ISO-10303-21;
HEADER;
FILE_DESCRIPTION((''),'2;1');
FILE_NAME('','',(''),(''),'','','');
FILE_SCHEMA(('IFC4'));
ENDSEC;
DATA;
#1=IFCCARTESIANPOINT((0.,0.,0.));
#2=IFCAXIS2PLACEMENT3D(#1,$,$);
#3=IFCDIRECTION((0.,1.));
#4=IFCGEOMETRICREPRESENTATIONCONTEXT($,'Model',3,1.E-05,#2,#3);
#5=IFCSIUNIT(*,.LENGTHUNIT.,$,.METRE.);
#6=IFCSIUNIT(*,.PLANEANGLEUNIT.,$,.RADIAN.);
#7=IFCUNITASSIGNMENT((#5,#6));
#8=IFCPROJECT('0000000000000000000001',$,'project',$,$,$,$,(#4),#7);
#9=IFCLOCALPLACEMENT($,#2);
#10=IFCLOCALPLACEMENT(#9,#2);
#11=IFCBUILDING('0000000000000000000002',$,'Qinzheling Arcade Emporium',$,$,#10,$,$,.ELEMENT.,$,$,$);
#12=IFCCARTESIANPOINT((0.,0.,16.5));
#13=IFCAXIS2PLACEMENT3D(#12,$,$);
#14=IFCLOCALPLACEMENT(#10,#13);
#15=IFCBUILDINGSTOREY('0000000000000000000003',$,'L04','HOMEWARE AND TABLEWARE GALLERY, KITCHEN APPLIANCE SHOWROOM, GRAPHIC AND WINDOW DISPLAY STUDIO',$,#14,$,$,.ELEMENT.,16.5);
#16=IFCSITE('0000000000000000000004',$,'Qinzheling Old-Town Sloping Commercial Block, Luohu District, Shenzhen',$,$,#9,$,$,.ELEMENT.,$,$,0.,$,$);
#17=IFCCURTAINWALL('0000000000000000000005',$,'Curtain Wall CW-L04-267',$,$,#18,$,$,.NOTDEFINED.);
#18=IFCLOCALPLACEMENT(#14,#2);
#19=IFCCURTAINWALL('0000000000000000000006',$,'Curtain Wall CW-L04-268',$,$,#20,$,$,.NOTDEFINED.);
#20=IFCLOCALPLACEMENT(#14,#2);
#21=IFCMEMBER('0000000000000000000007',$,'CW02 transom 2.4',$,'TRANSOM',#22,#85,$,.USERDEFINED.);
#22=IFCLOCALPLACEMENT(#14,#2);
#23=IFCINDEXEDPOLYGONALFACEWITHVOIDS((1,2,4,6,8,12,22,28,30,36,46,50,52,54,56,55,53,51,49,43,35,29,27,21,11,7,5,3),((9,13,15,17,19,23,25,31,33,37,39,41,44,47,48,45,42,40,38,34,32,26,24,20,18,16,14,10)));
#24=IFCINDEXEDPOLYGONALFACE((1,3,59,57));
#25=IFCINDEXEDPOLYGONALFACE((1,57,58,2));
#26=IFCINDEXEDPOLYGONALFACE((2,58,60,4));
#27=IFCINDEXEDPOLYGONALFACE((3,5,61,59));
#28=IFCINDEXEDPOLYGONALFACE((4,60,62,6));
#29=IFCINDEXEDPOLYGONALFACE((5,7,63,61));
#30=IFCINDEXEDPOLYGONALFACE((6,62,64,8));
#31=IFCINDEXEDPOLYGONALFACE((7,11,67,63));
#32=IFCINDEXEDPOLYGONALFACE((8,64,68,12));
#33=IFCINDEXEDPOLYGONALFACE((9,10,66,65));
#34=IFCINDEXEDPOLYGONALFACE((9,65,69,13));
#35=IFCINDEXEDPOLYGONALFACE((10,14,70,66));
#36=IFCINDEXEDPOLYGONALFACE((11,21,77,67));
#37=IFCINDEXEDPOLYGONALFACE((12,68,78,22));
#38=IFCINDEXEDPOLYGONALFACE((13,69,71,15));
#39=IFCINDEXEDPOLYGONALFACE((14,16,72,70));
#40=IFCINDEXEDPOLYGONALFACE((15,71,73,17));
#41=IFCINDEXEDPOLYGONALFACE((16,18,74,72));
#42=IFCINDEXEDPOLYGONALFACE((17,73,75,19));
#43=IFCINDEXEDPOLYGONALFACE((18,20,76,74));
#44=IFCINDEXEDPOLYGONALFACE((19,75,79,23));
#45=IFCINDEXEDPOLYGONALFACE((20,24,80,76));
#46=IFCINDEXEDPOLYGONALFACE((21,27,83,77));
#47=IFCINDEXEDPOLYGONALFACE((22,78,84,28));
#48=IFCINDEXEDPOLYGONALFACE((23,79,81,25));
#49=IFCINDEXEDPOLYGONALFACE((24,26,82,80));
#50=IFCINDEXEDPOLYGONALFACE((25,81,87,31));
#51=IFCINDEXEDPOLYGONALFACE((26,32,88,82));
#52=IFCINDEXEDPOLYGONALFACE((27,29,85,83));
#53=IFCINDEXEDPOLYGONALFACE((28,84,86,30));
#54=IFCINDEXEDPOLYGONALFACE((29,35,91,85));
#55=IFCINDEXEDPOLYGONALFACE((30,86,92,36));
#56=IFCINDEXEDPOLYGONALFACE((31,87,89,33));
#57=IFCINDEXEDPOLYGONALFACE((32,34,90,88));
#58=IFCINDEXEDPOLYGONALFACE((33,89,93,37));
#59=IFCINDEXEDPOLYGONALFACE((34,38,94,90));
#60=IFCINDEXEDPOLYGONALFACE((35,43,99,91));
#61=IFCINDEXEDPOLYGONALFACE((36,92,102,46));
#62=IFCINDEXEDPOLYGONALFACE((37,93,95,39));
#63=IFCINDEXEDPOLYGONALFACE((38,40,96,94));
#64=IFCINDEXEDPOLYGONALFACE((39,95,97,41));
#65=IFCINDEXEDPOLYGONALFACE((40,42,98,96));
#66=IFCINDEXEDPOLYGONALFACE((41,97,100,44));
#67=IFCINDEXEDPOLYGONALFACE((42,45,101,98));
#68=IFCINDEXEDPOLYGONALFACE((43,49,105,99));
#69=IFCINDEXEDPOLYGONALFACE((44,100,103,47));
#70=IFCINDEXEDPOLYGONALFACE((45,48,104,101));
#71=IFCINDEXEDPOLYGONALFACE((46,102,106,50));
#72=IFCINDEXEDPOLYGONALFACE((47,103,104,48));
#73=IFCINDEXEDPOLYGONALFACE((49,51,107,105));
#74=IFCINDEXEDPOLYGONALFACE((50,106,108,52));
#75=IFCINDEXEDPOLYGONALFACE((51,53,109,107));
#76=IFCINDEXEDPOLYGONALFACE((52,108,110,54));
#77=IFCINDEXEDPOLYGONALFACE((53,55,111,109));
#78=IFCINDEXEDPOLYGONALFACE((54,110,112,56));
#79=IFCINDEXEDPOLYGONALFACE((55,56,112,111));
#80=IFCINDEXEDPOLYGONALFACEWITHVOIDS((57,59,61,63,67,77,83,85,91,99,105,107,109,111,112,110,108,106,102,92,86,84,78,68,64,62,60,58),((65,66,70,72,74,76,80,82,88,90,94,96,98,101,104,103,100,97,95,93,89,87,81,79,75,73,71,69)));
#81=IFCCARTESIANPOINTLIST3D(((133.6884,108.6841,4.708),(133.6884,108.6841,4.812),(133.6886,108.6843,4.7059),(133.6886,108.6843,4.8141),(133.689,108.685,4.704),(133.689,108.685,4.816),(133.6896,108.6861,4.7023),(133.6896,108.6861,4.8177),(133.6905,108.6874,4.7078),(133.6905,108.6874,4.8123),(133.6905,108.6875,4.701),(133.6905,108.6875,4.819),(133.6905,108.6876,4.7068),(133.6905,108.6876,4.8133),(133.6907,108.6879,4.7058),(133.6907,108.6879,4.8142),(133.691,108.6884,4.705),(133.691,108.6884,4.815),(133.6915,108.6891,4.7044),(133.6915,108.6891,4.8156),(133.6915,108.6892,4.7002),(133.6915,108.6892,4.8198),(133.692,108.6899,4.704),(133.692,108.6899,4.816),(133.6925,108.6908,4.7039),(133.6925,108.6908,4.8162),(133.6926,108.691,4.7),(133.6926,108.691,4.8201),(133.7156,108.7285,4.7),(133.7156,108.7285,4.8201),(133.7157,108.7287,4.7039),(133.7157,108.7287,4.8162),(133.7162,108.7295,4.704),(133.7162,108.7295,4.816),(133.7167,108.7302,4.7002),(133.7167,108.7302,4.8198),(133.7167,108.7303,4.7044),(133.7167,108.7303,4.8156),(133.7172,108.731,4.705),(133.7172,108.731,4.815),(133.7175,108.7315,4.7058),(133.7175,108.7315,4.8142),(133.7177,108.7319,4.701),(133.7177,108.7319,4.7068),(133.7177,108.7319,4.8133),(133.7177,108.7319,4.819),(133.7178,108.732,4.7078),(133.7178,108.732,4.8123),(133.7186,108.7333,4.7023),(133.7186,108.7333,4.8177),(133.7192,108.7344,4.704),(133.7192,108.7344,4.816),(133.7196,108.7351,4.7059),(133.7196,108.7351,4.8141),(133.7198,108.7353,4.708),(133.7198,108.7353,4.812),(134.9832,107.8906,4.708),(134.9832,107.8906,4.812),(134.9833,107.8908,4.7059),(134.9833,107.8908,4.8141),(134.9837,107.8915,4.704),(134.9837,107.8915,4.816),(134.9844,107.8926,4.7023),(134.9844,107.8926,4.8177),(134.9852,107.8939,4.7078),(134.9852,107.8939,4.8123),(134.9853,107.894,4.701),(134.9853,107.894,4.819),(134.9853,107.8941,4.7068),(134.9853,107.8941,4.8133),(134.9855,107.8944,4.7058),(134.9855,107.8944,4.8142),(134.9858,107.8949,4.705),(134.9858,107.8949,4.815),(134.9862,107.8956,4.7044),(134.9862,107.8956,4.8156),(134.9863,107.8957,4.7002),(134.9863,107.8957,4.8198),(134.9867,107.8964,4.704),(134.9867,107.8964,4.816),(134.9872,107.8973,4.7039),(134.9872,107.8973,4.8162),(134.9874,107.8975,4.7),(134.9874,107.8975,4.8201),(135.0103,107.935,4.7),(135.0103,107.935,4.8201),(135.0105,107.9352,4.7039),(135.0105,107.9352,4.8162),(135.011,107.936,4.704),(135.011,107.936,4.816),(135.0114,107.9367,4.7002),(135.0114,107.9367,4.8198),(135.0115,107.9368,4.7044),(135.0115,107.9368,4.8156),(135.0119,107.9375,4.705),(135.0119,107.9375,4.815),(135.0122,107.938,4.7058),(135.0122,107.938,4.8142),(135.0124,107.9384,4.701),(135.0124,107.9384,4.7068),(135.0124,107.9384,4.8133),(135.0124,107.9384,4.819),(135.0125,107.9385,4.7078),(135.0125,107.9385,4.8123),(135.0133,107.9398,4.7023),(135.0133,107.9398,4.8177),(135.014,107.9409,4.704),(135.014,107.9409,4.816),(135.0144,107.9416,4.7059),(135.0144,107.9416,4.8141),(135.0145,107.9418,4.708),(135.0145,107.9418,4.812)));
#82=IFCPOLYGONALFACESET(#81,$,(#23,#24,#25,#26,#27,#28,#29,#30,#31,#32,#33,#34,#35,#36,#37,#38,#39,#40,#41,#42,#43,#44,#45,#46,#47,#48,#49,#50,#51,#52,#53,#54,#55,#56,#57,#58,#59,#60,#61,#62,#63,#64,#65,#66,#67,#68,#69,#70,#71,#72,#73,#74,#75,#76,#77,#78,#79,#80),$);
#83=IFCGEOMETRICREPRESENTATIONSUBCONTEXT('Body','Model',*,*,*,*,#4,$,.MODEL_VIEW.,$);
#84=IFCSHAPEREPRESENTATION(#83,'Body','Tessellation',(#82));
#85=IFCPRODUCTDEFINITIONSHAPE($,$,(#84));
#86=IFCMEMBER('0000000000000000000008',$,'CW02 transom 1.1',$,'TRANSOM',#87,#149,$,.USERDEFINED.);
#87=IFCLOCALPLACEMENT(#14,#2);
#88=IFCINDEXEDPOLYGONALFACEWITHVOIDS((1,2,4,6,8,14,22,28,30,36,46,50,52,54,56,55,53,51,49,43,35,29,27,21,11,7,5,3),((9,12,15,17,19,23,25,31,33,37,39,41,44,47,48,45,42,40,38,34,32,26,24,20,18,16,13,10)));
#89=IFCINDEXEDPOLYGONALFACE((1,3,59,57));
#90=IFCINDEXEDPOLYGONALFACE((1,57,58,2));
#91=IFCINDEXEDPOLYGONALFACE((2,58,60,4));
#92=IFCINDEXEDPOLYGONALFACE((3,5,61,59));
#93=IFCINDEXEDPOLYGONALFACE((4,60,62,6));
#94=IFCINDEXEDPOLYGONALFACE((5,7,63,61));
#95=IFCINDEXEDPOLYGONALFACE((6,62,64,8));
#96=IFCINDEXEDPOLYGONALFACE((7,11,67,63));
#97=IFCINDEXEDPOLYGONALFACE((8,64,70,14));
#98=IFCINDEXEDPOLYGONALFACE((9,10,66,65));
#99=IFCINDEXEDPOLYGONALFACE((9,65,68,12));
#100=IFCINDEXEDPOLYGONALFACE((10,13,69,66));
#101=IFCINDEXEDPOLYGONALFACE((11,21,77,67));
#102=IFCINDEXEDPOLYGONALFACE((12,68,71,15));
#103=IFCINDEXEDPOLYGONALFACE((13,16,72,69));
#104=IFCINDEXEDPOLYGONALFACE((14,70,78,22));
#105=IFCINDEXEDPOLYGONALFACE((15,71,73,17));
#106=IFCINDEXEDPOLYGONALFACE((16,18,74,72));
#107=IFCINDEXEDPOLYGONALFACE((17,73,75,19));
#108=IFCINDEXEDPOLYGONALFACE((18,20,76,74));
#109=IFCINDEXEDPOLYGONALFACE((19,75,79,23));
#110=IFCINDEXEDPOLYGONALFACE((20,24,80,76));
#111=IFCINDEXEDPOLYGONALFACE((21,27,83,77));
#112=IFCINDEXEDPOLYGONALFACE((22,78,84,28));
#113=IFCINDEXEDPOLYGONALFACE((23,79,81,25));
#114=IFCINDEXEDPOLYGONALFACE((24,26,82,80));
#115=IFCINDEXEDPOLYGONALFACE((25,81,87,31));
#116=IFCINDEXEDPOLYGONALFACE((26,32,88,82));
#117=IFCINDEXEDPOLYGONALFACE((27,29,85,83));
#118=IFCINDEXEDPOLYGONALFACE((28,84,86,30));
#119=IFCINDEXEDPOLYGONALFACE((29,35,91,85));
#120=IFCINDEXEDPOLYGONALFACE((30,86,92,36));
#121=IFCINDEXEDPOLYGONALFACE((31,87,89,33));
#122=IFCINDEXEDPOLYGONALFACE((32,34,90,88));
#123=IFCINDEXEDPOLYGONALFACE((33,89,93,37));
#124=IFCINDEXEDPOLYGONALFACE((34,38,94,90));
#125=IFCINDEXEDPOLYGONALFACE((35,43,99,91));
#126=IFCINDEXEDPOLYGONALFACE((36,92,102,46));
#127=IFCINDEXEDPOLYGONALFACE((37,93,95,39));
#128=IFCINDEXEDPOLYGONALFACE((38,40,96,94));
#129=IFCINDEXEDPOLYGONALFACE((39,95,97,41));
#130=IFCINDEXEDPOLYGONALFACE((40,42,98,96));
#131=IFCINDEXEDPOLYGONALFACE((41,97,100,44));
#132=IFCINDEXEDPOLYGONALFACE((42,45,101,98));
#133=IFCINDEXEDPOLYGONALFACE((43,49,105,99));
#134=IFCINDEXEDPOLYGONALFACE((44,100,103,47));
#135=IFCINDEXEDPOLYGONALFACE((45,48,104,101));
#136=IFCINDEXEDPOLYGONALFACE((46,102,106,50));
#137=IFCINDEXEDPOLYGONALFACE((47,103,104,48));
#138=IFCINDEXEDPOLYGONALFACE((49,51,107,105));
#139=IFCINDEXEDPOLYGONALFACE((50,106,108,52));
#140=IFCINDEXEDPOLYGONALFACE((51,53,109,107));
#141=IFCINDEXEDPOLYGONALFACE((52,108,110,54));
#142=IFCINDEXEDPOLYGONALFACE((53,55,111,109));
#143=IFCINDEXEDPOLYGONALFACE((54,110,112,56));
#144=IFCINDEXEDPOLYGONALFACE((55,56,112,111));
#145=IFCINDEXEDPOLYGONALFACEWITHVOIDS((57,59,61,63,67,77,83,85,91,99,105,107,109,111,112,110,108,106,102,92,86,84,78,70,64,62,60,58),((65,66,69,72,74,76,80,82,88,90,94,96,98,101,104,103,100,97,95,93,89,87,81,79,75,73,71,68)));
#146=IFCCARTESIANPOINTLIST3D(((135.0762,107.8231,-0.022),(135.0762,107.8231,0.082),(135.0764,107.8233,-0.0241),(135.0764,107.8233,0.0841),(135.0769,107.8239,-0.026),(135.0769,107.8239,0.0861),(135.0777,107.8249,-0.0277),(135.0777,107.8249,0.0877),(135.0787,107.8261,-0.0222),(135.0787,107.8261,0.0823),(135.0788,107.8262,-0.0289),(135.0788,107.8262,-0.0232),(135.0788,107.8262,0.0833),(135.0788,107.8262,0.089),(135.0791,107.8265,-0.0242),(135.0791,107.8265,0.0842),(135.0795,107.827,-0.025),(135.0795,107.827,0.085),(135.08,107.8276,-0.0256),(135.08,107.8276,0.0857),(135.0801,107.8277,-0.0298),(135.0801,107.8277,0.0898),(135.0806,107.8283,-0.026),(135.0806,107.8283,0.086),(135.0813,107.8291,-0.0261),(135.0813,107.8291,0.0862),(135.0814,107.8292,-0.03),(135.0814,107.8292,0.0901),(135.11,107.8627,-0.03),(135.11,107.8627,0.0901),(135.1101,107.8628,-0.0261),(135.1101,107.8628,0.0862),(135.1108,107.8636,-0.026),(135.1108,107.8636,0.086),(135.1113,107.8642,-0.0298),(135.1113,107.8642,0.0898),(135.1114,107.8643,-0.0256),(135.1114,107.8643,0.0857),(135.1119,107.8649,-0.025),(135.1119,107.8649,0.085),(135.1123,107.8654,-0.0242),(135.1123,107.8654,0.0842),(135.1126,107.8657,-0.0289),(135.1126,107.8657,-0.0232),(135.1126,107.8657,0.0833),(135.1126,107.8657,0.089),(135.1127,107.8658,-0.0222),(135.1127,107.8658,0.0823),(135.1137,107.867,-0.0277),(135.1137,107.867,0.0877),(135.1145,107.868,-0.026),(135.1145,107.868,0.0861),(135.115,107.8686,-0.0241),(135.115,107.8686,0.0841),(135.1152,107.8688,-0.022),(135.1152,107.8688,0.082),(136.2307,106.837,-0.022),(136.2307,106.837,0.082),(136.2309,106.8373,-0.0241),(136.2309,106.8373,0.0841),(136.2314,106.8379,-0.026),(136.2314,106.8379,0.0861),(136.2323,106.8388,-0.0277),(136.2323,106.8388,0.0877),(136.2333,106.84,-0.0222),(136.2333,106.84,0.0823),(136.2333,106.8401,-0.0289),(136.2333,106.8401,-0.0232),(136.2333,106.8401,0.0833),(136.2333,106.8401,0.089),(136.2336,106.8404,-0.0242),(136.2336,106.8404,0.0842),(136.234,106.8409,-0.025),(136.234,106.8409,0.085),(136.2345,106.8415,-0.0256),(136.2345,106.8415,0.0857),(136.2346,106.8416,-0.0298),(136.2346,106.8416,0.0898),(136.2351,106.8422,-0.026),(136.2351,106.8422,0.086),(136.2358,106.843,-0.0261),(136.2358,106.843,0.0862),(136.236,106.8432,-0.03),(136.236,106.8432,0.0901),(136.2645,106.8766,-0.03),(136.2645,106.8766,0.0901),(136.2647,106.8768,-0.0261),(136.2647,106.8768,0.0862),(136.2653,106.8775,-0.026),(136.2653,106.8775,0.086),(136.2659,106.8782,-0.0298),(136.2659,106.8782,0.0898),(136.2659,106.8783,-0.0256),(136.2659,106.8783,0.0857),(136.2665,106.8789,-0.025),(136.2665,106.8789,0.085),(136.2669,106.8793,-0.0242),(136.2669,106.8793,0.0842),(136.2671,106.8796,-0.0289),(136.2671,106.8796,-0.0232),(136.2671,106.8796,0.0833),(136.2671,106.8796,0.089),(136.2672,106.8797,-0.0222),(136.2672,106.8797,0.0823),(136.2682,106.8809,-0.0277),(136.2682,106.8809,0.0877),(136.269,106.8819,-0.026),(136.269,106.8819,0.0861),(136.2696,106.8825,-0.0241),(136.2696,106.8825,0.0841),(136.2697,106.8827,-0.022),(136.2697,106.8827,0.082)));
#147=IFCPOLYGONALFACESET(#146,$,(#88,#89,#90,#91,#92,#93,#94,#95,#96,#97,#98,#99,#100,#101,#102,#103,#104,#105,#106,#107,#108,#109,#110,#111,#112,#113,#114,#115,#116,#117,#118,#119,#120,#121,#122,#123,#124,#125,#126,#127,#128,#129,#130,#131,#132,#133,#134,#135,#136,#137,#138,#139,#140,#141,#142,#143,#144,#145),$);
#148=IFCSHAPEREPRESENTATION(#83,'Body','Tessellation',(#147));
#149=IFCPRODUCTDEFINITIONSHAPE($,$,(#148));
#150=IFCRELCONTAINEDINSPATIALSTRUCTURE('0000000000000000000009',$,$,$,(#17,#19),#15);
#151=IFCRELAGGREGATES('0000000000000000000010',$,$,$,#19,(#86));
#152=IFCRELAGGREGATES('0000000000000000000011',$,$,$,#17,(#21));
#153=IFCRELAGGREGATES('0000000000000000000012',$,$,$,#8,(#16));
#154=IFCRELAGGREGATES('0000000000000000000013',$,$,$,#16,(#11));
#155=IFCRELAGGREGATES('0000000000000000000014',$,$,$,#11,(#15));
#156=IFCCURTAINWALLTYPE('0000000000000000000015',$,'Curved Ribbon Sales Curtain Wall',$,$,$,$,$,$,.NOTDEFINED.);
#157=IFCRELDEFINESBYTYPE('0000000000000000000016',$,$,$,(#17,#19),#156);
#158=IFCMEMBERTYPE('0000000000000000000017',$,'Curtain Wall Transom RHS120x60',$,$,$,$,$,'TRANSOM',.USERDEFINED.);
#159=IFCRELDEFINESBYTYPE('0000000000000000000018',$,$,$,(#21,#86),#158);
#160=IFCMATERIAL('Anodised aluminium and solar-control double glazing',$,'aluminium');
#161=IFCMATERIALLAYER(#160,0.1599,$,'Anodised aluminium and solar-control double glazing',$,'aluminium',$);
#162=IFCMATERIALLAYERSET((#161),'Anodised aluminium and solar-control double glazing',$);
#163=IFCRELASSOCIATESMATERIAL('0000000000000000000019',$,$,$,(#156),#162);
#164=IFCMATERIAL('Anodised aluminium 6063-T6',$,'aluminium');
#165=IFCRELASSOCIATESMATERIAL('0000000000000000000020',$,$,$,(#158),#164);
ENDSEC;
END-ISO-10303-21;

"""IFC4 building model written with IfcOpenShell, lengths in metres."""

from ifc_helpers import new_model, si_unit, direction, frame, origin, origin_2d, place, context, subcontext, project, spatial, hollow_rectangle, extrude, material, layer, layer_set, material_profile, profile_set, type_object, element, aggregate, save


model = new_model("IFC4")

# Units and contexts
model_context = context("Model", 3, precision=1e-05, world=origin(), true_north=direction((0.0, 1.0)))
body_context = subcontext(model_context, "Body", "Model", "MODEL_VIEW")
ifc_project = project(units=[si_unit("LENGTHUNIT", "METRE"), si_unit("PLANEANGLEUNIT", "RADIAN")], contexts=[model_context])

# Site, building, storey
site_placement = place(None, origin())
site = spatial("IfcSite", under=ifc_project, at=site_placement, Name="Qinzheling Old-Town Sloping Commercial Block, Luohu District, Shenzhen", CompositionType="ELEMENT", RefElevation=0.0)
building_placement = place(site_placement, origin())
building = spatial("IfcBuilding", under=site, at=building_placement, Name="Qinzheling Arcade Emporium", CompositionType="ELEMENT")
storey_placement = place(building_placement, frame((0.0, 0.0, 16.5)))
storey = spatial("IfcBuildingStorey", under=building, at=storey_placement, Name="L04", Description="HOMEWARE AND TABLEWARE GALLERY, KITCHEN APPLIANCE SHOWROOM, GRAPHIC AND WINDOW DISPLAY STUDIO", CompositionType="ELEMENT", Elevation=16.5)

# Curtain wall
ifc_material_1 = material(Name="Anodised aluminium and solar-control double glazing", Category="aluminium")
ifc_layer_1 = layer(ifc_material_1, 0.1599, Name="Anodised aluminium and solar-control double glazing", Category="aluminium")
ifc_layer_set_1 = layer_set([ifc_layer_1], Name="Anodised aluminium and solar-control double glazing")
curtain_wall_type = type_object("IfcCurtainWallType", Name="Curved Ribbon Sales Curtain Wall", PredefinedType="NOTDEFINED", material=ifc_layer_set_1)
ifc_material_2 = material(Name="Anodised aluminium 6063-T6", Category="aluminium")
curtain_wall_1_placement = place(storey_placement, origin())
curtain_wall_1 = element("IfcCurtainWall", 1, at=curtain_wall_1_placement, inside=storey, type_object=curtain_wall_type, Name="Curtain Wall CW-L04-267", PredefinedType="NOTDEFINED")

# Curtain wall
curtain_wall_2_placement = place(storey_placement, origin())
curtain_wall_2 = element("IfcCurtainWall", 2, at=curtain_wall_2_placement, inside=storey, type_object=curtain_wall_type, Name="Curtain Wall CW-L04-268", PredefinedType="NOTDEFINED")

# Members
ifc_material_profile_1 = material_profile(ifc_material_2, hollow_rectangle(XDim=0.0601, YDim=0.1201, WallThickness=0.0039, InnerFilletRadius=0.0039, OuterFilletRadius=0.0081, at=origin_2d()), Name="RHS 120x60x4", Category="aluminium")
ifc_profile_set_1 = profile_set([ifc_material_profile_1], Name="Anodised aluminium 6063-T6")
member_type_1 = type_object("IfcMemberType", Name="Curtain Wall Transom RHS120x60", ElementType="TRANSOM", PredefinedType="USERDEFINED", material=ifc_profile_set_1)
member_1_placement = place(storey_placement, frame((133.7041, 108.7097, 4.76), z_axis=(0.852617, -0.522536, 0.0), x_axis=(0.522536, 0.852617, 0.0)))
member_1 = element("IfcMember", 3, at=member_1_placement, type_object=member_type_1, Name="CW02 transom 2.4", ObjectType="TRANSOM", PredefinedType="USERDEFINED", context=body_context, shape_type="SweptSolid", body=[
    extrude(hollow_rectangle(XDim=0.0601, YDim=0.1201, WallThickness=0.0039, InnerFilletRadius=0.0039, OuterFilletRadius=0.0081, at=origin_2d()), origin(), (0.0, 0.0, 1.0), 1.5186),
])
member_2_placement = place(storey_placement, frame((135.0957, 107.8459, 0.03), z_axis=(0.760402, -0.649453, 0.0), x_axis=(0.649453, 0.760402, 0.0)))
member_2 = element("IfcMember", 4, at=member_2_placement, type_object=member_type_1, Name="CW02 transom 1.1", ObjectType="TRANSOM", PredefinedType="USERDEFINED", context=body_context, shape_type="SweptSolid", body=[
    extrude(hollow_rectangle(XDim=0.0601, YDim=0.1201, WallThickness=0.0039, InnerFilletRadius=0.0039, OuterFilletRadius=0.0081, at=origin_2d()), origin(), (0.0, 0.0, 1.0), 1.5183),
])
aggregate(curtain_wall_2, [member_2])

aggregate(curtain_wall_1, [member_1])

save(model, "model.ifc")
